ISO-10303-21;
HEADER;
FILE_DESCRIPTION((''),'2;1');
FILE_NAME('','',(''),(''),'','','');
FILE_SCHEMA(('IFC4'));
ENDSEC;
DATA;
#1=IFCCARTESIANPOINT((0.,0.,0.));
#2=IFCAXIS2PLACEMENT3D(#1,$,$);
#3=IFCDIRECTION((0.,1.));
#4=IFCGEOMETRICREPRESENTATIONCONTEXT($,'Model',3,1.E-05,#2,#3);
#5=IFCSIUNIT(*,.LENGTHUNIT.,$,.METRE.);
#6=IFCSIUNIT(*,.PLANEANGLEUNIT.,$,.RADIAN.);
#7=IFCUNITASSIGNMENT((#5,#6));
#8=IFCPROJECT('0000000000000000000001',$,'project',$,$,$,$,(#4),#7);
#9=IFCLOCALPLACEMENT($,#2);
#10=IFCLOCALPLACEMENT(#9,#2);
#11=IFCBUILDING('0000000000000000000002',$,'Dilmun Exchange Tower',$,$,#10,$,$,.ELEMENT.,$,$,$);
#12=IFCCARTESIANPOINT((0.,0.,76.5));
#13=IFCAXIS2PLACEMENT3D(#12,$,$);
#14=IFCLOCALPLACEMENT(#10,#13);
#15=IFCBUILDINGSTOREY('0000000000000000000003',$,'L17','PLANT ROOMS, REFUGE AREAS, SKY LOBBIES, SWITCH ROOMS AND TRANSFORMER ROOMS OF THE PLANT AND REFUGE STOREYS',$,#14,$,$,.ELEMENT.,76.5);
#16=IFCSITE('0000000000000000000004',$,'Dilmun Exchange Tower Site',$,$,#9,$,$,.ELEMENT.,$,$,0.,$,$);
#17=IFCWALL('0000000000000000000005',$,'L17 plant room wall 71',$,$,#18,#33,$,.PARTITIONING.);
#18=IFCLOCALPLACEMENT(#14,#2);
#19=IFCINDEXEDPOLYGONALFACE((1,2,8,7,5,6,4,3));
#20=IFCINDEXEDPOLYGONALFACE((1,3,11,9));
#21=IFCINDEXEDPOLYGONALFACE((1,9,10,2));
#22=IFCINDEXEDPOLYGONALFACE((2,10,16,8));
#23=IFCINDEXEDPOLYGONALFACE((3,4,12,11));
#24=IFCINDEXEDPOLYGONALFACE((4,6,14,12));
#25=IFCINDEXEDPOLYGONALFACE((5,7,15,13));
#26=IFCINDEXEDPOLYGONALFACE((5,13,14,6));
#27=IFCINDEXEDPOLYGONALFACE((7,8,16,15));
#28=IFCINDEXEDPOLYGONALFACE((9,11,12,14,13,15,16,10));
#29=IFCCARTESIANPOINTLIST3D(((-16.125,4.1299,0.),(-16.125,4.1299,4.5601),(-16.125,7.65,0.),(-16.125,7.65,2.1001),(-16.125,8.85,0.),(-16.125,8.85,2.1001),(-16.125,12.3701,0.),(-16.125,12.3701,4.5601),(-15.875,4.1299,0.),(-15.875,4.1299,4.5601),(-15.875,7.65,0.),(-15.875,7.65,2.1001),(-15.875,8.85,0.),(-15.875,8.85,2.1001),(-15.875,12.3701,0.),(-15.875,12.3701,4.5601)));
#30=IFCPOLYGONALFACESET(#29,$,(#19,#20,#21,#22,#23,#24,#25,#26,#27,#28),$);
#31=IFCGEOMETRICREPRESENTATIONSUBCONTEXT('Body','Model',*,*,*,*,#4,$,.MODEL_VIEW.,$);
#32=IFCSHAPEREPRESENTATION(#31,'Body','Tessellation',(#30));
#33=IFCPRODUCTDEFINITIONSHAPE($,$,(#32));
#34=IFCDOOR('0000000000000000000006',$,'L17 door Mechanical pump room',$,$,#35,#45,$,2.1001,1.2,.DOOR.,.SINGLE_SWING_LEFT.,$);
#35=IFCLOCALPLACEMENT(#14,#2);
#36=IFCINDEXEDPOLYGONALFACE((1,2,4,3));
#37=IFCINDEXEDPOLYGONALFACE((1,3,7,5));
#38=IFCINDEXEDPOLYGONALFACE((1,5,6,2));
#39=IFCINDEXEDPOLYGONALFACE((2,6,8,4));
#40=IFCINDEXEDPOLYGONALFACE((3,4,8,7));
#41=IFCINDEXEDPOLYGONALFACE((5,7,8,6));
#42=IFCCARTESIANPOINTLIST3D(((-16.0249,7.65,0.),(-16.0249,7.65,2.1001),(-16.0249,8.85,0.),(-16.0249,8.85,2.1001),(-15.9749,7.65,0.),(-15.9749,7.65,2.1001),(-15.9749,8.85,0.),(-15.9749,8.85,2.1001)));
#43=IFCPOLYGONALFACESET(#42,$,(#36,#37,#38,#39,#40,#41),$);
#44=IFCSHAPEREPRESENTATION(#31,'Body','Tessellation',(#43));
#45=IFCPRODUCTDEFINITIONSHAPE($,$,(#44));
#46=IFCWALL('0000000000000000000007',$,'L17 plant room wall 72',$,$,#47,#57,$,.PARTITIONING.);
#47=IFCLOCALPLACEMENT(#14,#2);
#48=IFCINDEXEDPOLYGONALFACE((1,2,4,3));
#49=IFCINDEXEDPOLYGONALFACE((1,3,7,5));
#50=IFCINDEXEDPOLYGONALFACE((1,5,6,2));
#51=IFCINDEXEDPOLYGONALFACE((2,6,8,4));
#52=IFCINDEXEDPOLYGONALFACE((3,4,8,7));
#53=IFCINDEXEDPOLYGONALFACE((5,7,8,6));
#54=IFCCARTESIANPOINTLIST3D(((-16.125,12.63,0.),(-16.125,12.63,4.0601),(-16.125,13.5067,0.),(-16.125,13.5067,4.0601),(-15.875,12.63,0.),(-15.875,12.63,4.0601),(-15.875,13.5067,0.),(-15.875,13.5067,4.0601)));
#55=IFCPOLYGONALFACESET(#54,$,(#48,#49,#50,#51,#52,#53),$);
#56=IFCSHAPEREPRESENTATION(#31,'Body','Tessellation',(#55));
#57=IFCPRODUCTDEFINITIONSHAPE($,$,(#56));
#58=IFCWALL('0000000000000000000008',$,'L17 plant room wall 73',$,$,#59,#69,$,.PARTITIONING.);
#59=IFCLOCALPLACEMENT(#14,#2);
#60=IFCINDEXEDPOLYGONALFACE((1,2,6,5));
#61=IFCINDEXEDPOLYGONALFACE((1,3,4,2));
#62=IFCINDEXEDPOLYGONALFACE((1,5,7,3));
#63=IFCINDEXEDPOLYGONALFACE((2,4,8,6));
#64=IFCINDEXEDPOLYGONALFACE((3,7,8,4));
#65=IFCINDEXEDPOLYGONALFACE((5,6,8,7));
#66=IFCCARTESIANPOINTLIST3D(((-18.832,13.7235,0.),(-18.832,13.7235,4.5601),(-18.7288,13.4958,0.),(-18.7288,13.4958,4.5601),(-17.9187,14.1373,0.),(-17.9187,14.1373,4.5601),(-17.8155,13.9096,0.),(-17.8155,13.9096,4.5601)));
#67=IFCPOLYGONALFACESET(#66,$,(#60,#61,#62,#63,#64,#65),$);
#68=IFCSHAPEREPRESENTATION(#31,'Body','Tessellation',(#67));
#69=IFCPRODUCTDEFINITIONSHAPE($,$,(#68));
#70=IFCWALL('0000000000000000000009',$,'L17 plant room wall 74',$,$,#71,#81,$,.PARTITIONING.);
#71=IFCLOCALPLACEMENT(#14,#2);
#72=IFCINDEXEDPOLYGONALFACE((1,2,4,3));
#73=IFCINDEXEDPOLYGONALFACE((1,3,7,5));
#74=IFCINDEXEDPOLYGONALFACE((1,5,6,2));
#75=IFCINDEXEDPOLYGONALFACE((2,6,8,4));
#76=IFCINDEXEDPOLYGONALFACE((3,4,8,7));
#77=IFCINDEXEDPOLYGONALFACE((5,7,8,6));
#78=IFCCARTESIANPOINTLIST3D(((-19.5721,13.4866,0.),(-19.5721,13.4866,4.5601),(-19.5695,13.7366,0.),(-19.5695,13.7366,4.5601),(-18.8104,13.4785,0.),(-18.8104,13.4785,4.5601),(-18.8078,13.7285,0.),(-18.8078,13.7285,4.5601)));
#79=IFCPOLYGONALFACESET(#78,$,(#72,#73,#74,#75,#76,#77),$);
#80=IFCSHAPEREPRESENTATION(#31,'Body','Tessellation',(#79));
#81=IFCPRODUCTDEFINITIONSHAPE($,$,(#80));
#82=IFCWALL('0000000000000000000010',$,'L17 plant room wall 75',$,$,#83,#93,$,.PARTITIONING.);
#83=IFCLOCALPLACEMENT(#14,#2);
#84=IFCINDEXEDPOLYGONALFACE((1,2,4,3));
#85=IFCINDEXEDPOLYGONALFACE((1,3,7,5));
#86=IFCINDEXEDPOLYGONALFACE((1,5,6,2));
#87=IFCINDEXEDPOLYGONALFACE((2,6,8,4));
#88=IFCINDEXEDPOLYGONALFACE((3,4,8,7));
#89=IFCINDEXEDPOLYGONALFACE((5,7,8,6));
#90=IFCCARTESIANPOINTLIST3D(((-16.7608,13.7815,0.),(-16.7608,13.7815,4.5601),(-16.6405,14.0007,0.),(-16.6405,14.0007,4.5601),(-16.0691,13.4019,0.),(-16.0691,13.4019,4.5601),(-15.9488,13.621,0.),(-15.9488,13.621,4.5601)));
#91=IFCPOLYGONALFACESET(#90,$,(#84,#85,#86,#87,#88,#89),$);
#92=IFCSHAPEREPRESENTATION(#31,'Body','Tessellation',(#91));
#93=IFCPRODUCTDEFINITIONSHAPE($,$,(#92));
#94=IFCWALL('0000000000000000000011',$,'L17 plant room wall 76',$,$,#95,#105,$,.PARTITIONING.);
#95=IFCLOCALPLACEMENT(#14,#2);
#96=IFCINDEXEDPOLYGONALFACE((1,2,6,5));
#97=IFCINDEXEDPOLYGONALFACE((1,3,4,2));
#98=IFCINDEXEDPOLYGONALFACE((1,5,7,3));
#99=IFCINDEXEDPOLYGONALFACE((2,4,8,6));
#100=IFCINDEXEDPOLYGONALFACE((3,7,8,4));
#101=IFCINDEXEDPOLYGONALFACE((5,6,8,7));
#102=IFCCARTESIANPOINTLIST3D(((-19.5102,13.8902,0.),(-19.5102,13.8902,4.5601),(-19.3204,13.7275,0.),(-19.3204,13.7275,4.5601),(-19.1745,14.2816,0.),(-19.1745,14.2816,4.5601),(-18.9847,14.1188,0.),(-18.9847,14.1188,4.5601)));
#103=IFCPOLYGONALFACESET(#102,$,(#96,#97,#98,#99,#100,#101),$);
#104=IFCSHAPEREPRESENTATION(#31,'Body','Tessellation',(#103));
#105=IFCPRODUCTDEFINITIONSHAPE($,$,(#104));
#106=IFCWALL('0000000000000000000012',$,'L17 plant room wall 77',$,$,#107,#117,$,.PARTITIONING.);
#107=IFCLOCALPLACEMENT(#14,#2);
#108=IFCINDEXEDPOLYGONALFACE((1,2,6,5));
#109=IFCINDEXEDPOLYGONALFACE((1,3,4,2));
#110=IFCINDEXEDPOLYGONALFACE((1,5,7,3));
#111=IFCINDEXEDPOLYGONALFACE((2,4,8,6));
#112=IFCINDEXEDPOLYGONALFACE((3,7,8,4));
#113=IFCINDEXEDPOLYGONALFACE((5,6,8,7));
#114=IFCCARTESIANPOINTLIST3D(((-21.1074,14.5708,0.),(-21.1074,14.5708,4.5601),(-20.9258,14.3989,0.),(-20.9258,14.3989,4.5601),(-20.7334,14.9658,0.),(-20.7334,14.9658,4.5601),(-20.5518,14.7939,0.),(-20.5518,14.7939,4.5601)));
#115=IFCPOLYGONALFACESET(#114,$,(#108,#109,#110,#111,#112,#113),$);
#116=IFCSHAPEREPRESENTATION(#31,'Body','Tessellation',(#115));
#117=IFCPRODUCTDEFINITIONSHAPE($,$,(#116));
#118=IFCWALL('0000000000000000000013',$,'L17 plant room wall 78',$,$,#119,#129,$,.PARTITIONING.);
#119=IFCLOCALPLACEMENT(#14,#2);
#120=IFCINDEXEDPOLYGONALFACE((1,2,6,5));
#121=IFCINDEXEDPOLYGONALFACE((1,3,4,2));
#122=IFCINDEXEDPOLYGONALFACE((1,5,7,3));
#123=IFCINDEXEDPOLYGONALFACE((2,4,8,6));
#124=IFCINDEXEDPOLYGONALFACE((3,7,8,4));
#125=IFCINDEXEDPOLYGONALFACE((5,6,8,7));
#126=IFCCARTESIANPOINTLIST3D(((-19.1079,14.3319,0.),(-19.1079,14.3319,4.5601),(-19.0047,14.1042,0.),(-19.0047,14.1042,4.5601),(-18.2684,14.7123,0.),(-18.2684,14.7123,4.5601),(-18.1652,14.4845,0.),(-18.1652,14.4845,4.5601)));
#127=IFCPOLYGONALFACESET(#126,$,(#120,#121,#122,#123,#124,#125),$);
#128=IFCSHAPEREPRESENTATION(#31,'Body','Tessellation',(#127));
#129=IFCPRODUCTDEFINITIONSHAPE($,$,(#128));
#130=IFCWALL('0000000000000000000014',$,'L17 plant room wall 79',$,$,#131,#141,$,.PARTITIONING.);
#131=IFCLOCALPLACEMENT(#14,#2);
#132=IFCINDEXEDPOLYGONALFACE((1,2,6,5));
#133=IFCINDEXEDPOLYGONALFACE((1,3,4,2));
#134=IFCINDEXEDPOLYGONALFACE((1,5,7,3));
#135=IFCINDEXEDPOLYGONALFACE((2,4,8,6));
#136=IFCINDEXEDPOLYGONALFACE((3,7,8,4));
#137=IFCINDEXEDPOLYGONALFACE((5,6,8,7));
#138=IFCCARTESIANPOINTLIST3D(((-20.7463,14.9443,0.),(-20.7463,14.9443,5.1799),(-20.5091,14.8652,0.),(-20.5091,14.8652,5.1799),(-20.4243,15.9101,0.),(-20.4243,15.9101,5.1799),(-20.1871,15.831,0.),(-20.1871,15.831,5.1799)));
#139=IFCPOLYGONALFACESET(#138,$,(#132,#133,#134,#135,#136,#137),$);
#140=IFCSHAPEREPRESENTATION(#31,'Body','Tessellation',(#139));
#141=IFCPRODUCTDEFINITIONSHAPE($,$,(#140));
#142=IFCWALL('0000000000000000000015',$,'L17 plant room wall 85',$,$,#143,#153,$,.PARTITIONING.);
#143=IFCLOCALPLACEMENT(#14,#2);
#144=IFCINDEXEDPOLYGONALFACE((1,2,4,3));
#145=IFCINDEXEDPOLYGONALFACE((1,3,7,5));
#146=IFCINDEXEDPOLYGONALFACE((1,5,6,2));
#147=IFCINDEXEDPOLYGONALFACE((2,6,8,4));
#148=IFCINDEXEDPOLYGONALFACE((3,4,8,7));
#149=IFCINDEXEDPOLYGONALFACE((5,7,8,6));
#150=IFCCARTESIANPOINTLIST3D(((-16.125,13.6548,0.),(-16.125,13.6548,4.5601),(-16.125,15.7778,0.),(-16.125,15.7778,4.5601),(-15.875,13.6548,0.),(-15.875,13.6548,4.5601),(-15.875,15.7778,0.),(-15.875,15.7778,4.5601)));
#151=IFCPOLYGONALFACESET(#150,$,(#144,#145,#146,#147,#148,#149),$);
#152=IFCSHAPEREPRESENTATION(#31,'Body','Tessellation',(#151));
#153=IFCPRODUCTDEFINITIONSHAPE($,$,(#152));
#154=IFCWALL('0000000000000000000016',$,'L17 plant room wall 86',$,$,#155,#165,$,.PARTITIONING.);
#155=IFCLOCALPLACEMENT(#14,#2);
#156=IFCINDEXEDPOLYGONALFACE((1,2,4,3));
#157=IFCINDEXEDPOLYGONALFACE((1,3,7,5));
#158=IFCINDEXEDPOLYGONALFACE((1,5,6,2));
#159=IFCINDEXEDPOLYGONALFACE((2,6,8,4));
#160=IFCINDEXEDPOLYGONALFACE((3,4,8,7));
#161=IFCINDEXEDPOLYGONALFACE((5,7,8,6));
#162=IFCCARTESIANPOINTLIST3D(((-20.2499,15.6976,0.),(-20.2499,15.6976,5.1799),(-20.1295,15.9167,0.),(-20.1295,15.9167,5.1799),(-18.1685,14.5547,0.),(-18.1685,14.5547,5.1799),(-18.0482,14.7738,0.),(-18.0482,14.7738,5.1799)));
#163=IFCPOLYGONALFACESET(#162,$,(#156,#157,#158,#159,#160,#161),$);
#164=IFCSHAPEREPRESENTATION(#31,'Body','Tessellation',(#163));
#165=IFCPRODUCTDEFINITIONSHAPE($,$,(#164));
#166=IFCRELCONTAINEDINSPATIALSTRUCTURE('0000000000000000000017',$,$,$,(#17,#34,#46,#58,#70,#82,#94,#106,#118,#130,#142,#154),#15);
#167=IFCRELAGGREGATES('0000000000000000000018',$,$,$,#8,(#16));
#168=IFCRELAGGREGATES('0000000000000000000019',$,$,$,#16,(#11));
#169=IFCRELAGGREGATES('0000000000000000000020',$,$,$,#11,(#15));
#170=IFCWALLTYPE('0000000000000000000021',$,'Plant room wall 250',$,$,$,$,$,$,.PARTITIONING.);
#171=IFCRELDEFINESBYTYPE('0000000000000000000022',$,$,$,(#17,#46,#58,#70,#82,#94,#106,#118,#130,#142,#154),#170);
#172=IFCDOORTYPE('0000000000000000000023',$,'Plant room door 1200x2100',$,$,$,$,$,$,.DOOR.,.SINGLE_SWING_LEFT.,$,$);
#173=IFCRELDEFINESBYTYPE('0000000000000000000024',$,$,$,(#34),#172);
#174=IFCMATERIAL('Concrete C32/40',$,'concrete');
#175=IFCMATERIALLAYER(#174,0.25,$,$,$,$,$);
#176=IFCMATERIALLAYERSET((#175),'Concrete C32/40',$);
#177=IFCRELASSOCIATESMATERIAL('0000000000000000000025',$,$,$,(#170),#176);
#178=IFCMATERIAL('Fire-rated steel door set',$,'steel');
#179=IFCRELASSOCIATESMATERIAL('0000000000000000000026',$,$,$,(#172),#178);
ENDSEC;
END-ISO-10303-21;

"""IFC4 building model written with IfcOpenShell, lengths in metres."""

from ifc_helpers import new_model, si_unit, direction, frame, frame_2d, origin, place, context, subcontext, project, spatial, rectangle, extrude, material, layer, layer_set, type_object, element, fill, save


model = new_model("IFC4")

# Units and contexts
model_context = context("Model", 3, precision=1e-05, world=origin(), true_north=direction((0.0, 1.0)))
body_context = subcontext(model_context, "Body", "Model", "MODEL_VIEW")
ifc_project = project(units=[si_unit("LENGTHUNIT", "METRE"), si_unit("PLANEANGLEUNIT", "RADIAN")], contexts=[model_context])

# Site, building, storey
site_placement = place(None, origin())
site = spatial("IfcSite", under=ifc_project, at=site_placement, Name="Dilmun Exchange Tower Site", CompositionType="ELEMENT", RefElevation=0.0)
building_placement = place(site_placement, origin())
building = spatial("IfcBuilding", under=site, at=building_placement, Name="Dilmun Exchange Tower", CompositionType="ELEMENT")
storey_placement = place(building_placement, frame((0.0, 0.0, 76.5)))
storey = spatial("IfcBuildingStorey", under=building, at=storey_placement, Name="L17", Description="PLANT ROOMS, REFUGE AREAS, SKY LOBBIES, SWITCH ROOMS AND TRANSFORMER ROOMS OF THE PLANT AND REFUGE STOREYS", CompositionType="ELEMENT", Elevation=76.5)

# Wall, opening, door
ifc_material_1 = material(Name="Concrete C32/40", Category="concrete")
ifc_layer_1 = layer(ifc_material_1, 0.25)
ifc_layer_set_1 = layer_set([ifc_layer_1], Name="Concrete C32/40")
wall_type = type_object("IfcWallType", Name="Plant room wall 250", PredefinedType="PARTITIONING", material=ifc_layer_set_1)
wall_1_placement = place(storey_placement, frame((-16.0, 4.1299, 0.0), z_axis=(0.0, 0.0, 1.0), x_axis=(0.0, 1.0, 0.0)))
wall_1 = element("IfcWall", 1, at=wall_1_placement, inside=storey, type_object=wall_type, Name="L17 plant room wall 71", PredefinedType="PARTITIONING", context=body_context, shape_type="SweptSolid", body=[
    extrude(rectangle(XDim=8.2402, YDim=0.25, at=frame_2d((4.1201, 0.0))), origin(), (0.0, 0.0, 1.0), 4.5601),
])
opening_1_placement = place(wall_1_placement, frame((3.52, 0.0, 0.0)))
opening_1 = element("IfcOpeningElement", 2, at=opening_1_placement, cuts=wall_1, PredefinedType="OPENING", context=body_context, shape_type="SweptSolid", body=[
    extrude(rectangle(XDim=1.2, YDim=2.1001, at=frame_2d((0.6001, 1.05))), frame((0.0, 0.135, 0.0), z_axis=(0.0, -1.0, 0.0), x_axis=(1.0, 0.0, 0.0)), (0.0, 0.0, 1.0), 0.27),
])
ifc_material_2 = material(Name="Fire-rated steel door set", Category="steel")
door_type = type_object("IfcDoorType", Name="Plant room door 1200x2100", OperationType="SINGLE_SWING_LEFT", PredefinedType="DOOR", material=ifc_material_2)
door_1_placement = place(opening_1_placement, origin())
door_1 = element("IfcDoor", 3, at=door_1_placement, inside=storey, type_object=door_type, Name="L17 door Mechanical pump room", OperationType="SINGLE_SWING_LEFT", OverallHeight=2.1001, OverallWidth=1.2, PredefinedType="DOOR", context=body_context, shape_type="SweptSolid", body=[
    extrude(rectangle(XDim=1.2, YDim=2.1001, at=frame_2d((0.6001, 1.05))), frame((0.0, 0.0249, 0.0), z_axis=(0.0, -1.0, 0.0), x_axis=(1.0, 0.0, 0.0)), (0.0, 0.0, 1.0), 0.05),
])
fill(opening_1, door_1)

# Walls
wall_2_placement = place(storey_placement, frame((-16.0, 12.6299, 0.0), z_axis=(0.0, 0.0, 1.0), x_axis=(0.0, 1.0, 0.0)))
element("IfcWall", 4, at=wall_2_placement, inside=storey, type_object=wall_type, Name="L17 plant room wall 72", PredefinedType="PARTITIONING", context=body_context, shape_type="SweptSolid", body=[
    extrude(rectangle(XDim=0.8767, YDim=0.25, at=frame_2d((0.4385, 0.0))), origin(), (0.0, 0.0, 1.0), 4.0601),
])
wall_3_placement = place(storey_placement, frame((-18.7805, 13.6096, 0.0), z_axis=(0.0, 0.0, 1.0), x_axis=(0.910866, 0.412702, 0.0)))
element("IfcWall", 5, at=wall_3_placement, inside=storey, type_object=wall_type, Name="L17 plant room wall 73", PredefinedType="PARTITIONING", context=body_context, shape_type="SweptSolid", body=[
    extrude(rectangle(XDim=1.0027, YDim=0.25, at=frame_2d((0.5015, 0.0))), origin(), (0.0, 0.0, 1.0), 4.5601),
])
wall_4_placement = place(storey_placement, frame((-19.5708, 13.6116, 0.0), z_axis=(0.0, 0.0, 1.0), x_axis=(0.999944, -0.010576, 0.0)))
element("IfcWall", 6, at=wall_4_placement, inside=storey, type_object=wall_type, Name="L17 plant room wall 74", PredefinedType="PARTITIONING", context=body_context, shape_type="SweptSolid", body=[
    extrude(rectangle(XDim=0.7617, YDim=0.25, at=frame_2d((0.3809, 0.0))), origin(), (0.0, 0.0, 1.0), 4.5601),
])
wall_5_placement = place(storey_placement, frame((-16.7007, 13.8911, 0.0), z_axis=(0.0, 0.0, 1.0), x_axis=(0.876627, -0.48117, 0.0)))
element("IfcWall", 7, at=wall_5_placement, inside=storey, type_object=wall_type, Name="L17 plant room wall 75", PredefinedType="PARTITIONING", context=body_context, shape_type="SweptSolid", body=[
    extrude(rectangle(XDim=0.7891, YDim=0.25, at=frame_2d((0.3945, 0.0))), origin(), (0.0, 0.0, 1.0), 4.5601),
])
wall_6_placement = place(storey_placement, frame((-19.4153, 13.8088, 0.0), z_axis=(0.0, 0.0, 1.0), x_axis=(0.651064, 0.759023, 0.0)))
element("IfcWall", 8, at=wall_6_placement, inside=storey, type_object=wall_type, Name="L17 plant room wall 76", PredefinedType="PARTITIONING", context=body_context, shape_type="SweptSolid", body=[
    extrude(rectangle(XDim=0.5156, YDim=0.25, at=frame_2d((0.2578, 0.0))), origin(), (0.0, 0.0, 1.0), 4.5601),
])
wall_7_placement = place(storey_placement, frame((-21.0166, 14.4849, 0.0), z_axis=(0.0, 0.0, 1.0), x_axis=(0.687545, 0.726141, 0.0)))
element("IfcWall", 9, at=wall_7_placement, inside=storey, type_object=wall_type, Name="L17 plant room wall 77", PredefinedType="PARTITIONING", context=body_context, shape_type="SweptSolid", body=[
    extrude(rectangle(XDim=0.5439, YDim=0.25, at=frame_2d((0.272, 0.0))), origin(), (0.0, 0.0, 1.0), 4.5601),
])
wall_8_placement = place(storey_placement, frame((-19.0564, 14.218, 0.0), z_axis=(0.0, 0.0, 1.0), x_axis=(0.910883, 0.412665, 0.0)))
element("IfcWall", 10, at=wall_8_placement, inside=storey, type_object=wall_type, Name="L17 plant room wall 78", PredefinedType="PARTITIONING", context=body_context, shape_type="SweptSolid", body=[
    extrude(rectangle(XDim=0.9216, YDim=0.25, at=frame_2d((0.4609, 0.0))), origin(), (0.0, 0.0, 1.0), 4.5601),
])
wall_9_placement = place(storey_placement, frame((-20.6277, 14.9048, 0.0), z_axis=(0.0, 0.0, 1.0), x_axis=(0.3163, 0.948659, 0.0)))
element("IfcWall", 11, at=wall_9_placement, inside=storey, type_object=wall_type, Name="L17 plant room wall 79", PredefinedType="PARTITIONING", context=body_context, shape_type="SweptSolid", body=[
    extrude(rectangle(XDim=1.0181, YDim=0.25, at=frame_2d((0.509, 0.0))), origin(), (0.0, 0.0, 1.0), 5.1799),
])
wall_10_placement = place(storey_placement, frame((-16.0, 13.6548, 0.0), z_axis=(0.0, 0.0, 1.0), x_axis=(0.0, 1.0, 0.0)))
element("IfcWall", 12, at=wall_10_placement, inside=storey, type_object=wall_type, Name="L17 plant room wall 85", PredefinedType="PARTITIONING", context=body_context, shape_type="SweptSolid", body=[
    extrude(rectangle(XDim=2.123, YDim=0.25, at=frame_2d((1.0615, 0.0))), origin(), (0.0, 0.0, 1.0), 4.5601),
])
wall_11_placement = place(storey_placement, frame((-20.1897, 15.8071, 0.0), z_axis=(0.0, 0.0, 1.0), x_axis=(0.876552, -0.481307, 0.0)))
element("IfcWall", 13, at=wall_11_placement, inside=storey, type_object=wall_type, Name="L17 plant room wall 86", PredefinedType="PARTITIONING", context=body_context, shape_type="SweptSolid", body=[
    extrude(rectangle(XDim=2.3745, YDim=0.25, at=frame_2d((1.1873, 0.0))), origin(), (0.0, 0.0, 1.0), 5.1799),
])

save(model, "model.ifc")
